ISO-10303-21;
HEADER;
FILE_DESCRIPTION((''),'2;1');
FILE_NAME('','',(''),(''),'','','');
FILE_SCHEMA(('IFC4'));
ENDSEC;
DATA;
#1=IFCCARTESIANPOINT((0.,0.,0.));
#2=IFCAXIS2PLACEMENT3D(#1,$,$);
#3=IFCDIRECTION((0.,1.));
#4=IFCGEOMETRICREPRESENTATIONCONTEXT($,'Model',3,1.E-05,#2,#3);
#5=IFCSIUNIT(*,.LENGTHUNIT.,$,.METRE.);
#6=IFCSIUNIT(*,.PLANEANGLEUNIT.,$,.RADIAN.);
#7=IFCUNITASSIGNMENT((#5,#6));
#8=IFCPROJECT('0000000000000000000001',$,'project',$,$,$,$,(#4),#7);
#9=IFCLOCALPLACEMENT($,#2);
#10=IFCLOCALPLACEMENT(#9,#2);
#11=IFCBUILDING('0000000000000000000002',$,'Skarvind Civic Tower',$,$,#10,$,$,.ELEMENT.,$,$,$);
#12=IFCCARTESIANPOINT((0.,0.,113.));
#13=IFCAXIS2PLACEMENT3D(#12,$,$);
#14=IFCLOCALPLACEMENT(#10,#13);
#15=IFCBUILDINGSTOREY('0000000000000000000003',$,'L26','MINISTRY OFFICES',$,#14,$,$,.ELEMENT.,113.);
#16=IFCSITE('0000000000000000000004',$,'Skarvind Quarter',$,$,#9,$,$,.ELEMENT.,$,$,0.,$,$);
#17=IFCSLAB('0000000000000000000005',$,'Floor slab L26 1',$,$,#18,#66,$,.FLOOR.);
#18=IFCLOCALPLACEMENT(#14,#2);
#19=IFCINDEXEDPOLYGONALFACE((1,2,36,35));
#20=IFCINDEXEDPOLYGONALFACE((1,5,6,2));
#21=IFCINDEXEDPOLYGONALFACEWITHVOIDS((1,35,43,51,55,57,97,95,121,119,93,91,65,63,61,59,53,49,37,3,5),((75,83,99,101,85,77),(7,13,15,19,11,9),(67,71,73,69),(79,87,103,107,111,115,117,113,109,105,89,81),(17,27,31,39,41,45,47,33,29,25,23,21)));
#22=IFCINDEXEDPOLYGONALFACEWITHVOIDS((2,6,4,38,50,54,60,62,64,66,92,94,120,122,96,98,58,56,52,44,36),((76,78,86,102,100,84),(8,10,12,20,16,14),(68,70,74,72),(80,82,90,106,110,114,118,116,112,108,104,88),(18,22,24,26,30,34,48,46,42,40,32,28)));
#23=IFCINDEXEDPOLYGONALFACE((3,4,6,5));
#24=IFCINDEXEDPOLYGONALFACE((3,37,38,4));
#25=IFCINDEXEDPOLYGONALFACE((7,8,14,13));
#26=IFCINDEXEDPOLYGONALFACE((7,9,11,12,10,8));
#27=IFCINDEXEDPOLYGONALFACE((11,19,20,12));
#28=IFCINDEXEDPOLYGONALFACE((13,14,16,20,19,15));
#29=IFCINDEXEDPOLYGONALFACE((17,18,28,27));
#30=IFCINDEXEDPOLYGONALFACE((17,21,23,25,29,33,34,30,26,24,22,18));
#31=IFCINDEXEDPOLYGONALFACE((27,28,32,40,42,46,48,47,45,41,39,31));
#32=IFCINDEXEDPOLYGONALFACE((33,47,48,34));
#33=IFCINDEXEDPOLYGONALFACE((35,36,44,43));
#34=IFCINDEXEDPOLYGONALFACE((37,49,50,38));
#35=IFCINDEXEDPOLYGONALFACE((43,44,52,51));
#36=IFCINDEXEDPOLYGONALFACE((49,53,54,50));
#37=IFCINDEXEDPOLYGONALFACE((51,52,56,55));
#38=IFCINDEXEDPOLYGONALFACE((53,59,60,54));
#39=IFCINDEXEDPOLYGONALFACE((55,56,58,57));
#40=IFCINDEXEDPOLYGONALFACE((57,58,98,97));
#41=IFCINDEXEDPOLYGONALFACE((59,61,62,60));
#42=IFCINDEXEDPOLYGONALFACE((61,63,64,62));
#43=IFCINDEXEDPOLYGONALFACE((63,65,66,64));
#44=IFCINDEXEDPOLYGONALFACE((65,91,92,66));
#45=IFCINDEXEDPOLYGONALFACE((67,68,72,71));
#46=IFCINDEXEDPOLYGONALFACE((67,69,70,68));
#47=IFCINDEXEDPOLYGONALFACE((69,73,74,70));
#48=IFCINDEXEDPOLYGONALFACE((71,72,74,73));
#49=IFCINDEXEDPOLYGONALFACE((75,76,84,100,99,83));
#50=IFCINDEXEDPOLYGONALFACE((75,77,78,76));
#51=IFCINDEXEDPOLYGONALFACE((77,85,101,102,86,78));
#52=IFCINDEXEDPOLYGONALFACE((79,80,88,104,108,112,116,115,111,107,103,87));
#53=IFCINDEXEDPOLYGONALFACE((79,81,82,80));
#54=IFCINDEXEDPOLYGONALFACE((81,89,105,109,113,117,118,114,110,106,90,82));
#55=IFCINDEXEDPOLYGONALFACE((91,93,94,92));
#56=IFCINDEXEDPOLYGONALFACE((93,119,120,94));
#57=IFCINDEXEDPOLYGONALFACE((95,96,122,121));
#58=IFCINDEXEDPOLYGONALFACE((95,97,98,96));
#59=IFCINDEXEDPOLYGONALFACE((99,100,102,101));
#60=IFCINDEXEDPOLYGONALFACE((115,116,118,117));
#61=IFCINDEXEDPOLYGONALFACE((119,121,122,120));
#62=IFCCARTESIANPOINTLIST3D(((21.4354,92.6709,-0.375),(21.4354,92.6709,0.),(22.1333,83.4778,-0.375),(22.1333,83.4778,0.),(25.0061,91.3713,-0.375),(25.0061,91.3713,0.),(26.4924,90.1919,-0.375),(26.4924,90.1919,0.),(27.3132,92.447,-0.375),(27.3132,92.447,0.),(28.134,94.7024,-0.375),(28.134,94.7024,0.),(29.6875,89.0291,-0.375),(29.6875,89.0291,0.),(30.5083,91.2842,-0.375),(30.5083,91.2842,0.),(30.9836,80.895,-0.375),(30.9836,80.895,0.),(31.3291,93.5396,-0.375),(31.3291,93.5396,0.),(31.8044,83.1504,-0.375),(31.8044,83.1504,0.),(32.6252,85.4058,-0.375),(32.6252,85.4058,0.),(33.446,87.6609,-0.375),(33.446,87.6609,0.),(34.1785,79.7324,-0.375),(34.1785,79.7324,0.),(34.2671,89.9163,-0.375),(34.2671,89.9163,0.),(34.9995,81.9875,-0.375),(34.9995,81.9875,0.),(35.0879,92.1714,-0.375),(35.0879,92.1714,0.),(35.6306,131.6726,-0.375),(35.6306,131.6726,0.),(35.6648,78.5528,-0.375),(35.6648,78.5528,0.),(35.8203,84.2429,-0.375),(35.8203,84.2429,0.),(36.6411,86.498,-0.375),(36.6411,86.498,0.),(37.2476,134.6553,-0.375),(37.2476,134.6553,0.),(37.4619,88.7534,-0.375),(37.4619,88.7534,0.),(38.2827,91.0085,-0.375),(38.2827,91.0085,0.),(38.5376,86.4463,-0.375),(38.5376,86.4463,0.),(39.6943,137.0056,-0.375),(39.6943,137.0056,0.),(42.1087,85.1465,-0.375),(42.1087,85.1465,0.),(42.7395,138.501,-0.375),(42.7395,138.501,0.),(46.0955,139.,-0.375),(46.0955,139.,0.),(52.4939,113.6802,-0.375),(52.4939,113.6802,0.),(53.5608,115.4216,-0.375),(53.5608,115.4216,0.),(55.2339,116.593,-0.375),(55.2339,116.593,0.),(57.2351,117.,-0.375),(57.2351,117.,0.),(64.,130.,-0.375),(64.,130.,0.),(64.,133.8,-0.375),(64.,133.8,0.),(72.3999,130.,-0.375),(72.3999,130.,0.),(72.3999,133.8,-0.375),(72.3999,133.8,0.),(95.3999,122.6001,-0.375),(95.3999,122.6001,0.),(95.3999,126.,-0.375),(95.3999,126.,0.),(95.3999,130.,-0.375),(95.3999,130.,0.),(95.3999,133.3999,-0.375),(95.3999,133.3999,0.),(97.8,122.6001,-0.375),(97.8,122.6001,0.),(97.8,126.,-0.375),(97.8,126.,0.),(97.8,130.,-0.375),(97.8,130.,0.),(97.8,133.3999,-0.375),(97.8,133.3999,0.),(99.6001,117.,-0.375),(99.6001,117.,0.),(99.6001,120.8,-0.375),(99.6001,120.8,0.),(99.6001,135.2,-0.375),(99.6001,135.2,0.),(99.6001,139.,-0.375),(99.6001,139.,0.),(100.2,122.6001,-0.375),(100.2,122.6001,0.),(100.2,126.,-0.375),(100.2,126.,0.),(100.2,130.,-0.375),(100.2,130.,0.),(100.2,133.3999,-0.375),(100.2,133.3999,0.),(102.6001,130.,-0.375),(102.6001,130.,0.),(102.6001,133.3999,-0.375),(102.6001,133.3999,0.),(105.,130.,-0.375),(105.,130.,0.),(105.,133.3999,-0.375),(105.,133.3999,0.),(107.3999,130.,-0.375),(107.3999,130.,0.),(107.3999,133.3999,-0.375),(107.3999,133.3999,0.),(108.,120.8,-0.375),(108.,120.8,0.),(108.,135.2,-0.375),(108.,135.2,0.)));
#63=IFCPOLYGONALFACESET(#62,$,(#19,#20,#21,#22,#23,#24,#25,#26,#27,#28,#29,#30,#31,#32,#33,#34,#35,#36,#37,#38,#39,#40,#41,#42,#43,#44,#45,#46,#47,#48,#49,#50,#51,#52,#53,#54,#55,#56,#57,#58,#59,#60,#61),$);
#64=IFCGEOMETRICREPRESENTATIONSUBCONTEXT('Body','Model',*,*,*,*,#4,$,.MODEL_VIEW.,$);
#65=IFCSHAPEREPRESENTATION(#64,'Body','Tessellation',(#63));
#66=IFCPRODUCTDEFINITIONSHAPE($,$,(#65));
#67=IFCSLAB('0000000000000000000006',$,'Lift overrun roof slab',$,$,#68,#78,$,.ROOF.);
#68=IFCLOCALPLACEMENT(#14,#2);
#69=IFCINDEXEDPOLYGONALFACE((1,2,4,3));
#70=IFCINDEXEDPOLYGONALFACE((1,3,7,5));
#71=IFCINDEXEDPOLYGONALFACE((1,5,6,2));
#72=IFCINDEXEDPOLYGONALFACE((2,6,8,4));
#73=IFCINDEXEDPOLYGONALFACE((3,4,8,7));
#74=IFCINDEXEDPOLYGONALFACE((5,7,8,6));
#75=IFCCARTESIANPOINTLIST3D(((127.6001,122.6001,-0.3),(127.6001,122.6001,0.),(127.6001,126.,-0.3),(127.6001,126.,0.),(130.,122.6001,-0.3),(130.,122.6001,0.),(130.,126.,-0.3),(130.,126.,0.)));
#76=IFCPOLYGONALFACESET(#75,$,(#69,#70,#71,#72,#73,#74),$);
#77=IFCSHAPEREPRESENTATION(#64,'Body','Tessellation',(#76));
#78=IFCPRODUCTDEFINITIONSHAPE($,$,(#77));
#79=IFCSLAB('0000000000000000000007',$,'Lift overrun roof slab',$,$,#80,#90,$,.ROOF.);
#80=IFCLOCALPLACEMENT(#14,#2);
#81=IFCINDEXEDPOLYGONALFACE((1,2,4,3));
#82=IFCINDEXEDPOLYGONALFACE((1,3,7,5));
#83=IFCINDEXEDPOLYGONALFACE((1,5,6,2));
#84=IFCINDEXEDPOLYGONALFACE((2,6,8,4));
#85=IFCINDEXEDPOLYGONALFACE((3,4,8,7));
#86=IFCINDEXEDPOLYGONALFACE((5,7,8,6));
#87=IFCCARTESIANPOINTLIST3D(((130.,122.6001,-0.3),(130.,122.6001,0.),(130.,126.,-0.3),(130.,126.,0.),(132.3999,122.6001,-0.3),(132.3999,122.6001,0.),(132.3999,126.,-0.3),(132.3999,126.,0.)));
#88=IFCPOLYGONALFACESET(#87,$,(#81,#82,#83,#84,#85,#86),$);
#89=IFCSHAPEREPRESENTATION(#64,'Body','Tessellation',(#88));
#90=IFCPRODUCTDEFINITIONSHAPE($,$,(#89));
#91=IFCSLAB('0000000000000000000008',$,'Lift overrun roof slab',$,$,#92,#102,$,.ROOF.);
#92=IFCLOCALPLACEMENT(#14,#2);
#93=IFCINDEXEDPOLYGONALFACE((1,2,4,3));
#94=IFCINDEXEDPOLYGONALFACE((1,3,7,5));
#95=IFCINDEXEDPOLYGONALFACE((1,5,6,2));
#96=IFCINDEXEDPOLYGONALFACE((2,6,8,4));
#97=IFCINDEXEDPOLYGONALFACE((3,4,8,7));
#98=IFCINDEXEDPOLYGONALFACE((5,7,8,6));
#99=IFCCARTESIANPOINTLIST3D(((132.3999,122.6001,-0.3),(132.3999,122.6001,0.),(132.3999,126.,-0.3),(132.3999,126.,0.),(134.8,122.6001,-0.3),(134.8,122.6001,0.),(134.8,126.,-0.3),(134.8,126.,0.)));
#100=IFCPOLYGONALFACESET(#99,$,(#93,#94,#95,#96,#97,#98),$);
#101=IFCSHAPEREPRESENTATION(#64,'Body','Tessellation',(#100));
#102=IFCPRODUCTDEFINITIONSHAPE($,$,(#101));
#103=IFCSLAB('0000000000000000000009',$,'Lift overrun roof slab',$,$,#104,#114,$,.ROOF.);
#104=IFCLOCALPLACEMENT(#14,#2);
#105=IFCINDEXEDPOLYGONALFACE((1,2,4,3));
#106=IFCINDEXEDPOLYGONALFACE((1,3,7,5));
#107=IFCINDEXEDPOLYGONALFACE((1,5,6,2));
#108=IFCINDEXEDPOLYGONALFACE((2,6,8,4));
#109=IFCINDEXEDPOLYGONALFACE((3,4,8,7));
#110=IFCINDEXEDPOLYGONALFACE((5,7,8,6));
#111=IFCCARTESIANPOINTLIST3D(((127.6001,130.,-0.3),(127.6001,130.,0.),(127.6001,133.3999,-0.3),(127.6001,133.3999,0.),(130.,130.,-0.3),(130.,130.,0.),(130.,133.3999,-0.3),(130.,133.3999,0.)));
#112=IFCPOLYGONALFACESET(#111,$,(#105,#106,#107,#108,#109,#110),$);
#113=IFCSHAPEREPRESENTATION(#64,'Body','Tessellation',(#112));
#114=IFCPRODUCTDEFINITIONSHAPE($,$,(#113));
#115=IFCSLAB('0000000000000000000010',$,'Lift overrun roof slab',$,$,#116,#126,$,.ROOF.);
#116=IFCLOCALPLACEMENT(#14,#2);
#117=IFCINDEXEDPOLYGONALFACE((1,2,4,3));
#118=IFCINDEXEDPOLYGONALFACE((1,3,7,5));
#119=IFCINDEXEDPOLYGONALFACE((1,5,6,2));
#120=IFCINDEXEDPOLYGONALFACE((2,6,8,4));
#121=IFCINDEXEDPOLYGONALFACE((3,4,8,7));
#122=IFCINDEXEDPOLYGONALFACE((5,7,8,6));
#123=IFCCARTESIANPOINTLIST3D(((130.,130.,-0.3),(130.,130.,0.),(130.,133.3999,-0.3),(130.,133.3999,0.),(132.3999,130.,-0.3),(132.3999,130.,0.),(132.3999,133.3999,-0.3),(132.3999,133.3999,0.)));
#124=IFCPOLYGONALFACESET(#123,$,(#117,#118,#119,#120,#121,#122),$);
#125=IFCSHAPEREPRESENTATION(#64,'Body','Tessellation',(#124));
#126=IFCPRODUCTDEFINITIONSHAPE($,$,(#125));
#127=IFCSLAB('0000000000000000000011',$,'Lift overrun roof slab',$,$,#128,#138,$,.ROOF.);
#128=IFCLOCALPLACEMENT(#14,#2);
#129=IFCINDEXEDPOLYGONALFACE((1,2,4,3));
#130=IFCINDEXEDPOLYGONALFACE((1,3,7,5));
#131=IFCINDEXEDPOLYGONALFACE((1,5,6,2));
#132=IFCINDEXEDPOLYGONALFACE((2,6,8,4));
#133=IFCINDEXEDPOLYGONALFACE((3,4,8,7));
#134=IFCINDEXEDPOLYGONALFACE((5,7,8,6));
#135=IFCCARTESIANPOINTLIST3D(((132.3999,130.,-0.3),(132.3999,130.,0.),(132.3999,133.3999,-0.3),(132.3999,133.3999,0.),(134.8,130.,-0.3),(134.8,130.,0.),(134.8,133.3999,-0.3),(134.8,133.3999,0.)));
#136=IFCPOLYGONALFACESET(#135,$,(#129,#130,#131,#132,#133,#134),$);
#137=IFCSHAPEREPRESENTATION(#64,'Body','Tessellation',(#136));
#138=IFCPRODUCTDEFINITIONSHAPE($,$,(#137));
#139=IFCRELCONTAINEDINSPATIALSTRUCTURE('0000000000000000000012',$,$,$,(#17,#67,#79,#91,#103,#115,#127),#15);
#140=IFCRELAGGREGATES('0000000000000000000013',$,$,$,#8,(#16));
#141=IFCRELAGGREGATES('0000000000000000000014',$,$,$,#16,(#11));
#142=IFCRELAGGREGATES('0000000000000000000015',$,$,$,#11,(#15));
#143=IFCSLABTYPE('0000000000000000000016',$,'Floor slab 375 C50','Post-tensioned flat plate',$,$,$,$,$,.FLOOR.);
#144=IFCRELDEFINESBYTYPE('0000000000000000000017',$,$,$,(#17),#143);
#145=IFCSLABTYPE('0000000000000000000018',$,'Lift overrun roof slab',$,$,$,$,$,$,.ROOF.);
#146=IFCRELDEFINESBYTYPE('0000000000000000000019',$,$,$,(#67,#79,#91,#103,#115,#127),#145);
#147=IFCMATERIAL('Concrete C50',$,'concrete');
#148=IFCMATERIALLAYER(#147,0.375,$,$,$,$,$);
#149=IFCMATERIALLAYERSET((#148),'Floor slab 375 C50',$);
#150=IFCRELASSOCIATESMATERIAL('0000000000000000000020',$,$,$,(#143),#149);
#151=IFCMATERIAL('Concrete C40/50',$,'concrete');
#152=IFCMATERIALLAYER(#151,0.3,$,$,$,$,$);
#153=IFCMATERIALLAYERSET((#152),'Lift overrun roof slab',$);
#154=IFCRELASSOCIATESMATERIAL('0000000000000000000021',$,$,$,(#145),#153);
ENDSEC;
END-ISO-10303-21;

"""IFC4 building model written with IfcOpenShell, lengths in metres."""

from ifc_helpers import new_model, si_unit, direction, frame, origin, place, context, subcontext, project, spatial, polyline, outline, extrude, material, layer, layer_set, type_object, element, save


model = new_model("IFC4")

# Units and contexts
model_context = context("Model", 3, precision=1e-05, world=origin(), true_north=direction((0.0, 1.0)))
body_context = subcontext(model_context, "Body", "Model", "MODEL_VIEW")
ifc_project = project(units=[si_unit("LENGTHUNIT", "METRE"), si_unit("PLANEANGLEUNIT", "RADIAN")], contexts=[model_context])

# Site, building, storey
site_placement = place(None, origin())
site = spatial("IfcSite", under=ifc_project, at=site_placement, Name="Skarvind Quarter", CompositionType="ELEMENT", RefElevation=0.0)
building_placement = place(site_placement, origin())
building = spatial("IfcBuilding", under=site, at=building_placement, Name="Skarvind Civic Tower", CompositionType="ELEMENT")
storey_placement = place(building_placement, frame((0.0, 0.0, 113.0)))
storey = spatial("IfcBuildingStorey", under=building, at=storey_placement, Name="L26", Description="MINISTRY OFFICES", CompositionType="ELEMENT", Elevation=113.0)

# Slabs
ifc_material_1 = material(Name="Concrete C50", Category="concrete")
ifc_layer_1 = layer(ifc_material_1, 0.375)
ifc_layer_set_1 = layer_set([ifc_layer_1], Name="Floor slab 375 C50")
slab_type_1 = type_object("IfcSlabType", Name="Floor slab 375 C50", Description="Post-tensioned flat plate", PredefinedType="FLOOR", material=ifc_layer_set_1)
slab_1_placement = place(storey_placement, frame((0.0, 0.0, -0.375)))
element("IfcSlab", 1, at=slab_1_placement, inside=storey, type_object=slab_type_1, Name="Floor slab L26 1", PredefinedType="FLOOR", context=body_context, shape_type="SweptSolid", body=[
    extrude(outline(polyline([(99.6001, 117.0), (99.6001, 120.8), (108.0, 120.8), (108.0, 135.2), (99.6001, 135.2), (99.6001, 139.0), (46.0955, 139.0), (42.7395, 138.501), (39.6943, 137.0056), (37.2476, 134.6553), (35.6306, 131.6726), (19.4175, 87.1267), (21.4353, 92.6709), (25.0061, 91.3713), (22.1333, 83.4778), (36.8865, 78.1082), (35.6648, 78.5527), (38.5376, 86.4463), (42.1086, 85.1465), (40.0908, 79.6023), (40.0908, 79.6023), (52.4939, 113.6802), (53.5608, 115.4216), (55.2339, 116.593), (57.2351, 117.0), (99.6001, 117.0)]), holes=[polyline([(32.6252, 85.4058), (33.446, 87.6609), (34.2671, 89.9163), (35.0879, 92.1714), (38.2827, 91.0085), (37.4619, 88.7534), (36.6411, 86.498), (35.8203, 84.2429), (35.8203, 84.2429), (34.9995, 81.9875), (34.1785, 79.7324), (30.9836, 80.895), (31.8044, 83.1504), (32.6252, 85.4058), (32.6252, 85.4058)]), polyline([(31.3291, 93.5396), (30.5083, 91.2842), (29.6875, 89.0291), (26.4924, 90.1919), (27.3132, 92.447), (28.134, 94.7024), (31.3291, 93.5396)]), polyline([(64.0, 130.0), (64.0, 133.8), (72.3999, 133.8), (72.3999, 130.0), (64.0, 130.0)]), polyline([(100.2, 126.0), (100.2, 122.6001), (97.8, 122.6001), (95.3999, 122.6001), (95.3999, 126.0), (97.8, 126.0), (100.2, 126.0)]), polyline([(100.2, 133.3999), (102.6001, 133.3999), (105.0, 133.3999), (107.3999, 133.3999), (107.3999, 130.0), (105.0, 130.0), (102.6001, 130.0), (100.2, 130.0), (97.8, 130.0), (95.3999, 130.0), (95.3999, 133.3999), (97.8, 133.3999), (100.2, 133.3999)])]), origin(), (0.0, 0.0, 1.0), 0.375),
])
ifc_material_2 = material(Name="Concrete C40/50", Category="concrete")
ifc_layer_2 = layer(ifc_material_2, 0.3)
ifc_layer_set_2 = layer_set([ifc_layer_2], Name="Lift overrun roof slab")
slab_type_2 = type_object("IfcSlabType", Name="Lift overrun roof slab", PredefinedType="ROOF", material=ifc_layer_set_2)
slab_2_placement = place(storey_placement, frame((0.0, 0.0, -0.3)))
element("IfcSlab", 2, at=slab_2_placement, inside=storey, type_object=slab_type_2, Name="Lift overrun roof slab", PredefinedType="ROOF", context=body_context, shape_type="SweptSolid", body=[
    extrude(outline(polyline([(127.6001, 122.6001), (130.0, 122.6001), (130.0, 126.0), (127.6001, 126.0), (127.6001, 122.6001)])), origin(), (0.0, 0.0, 1.0), 0.3),
])
slab_3_placement = place(storey_placement, frame((0.0, 0.0, -0.3)))
element("IfcSlab", 3, at=slab_3_placement, inside=storey, type_object=slab_type_2, Name="Lift overrun roof slab", PredefinedType="ROOF", context=body_context, shape_type="SweptSolid", body=[
    extrude(outline(polyline([(130.0, 122.6001), (132.3999, 122.6001), (132.3999, 126.0), (130.0, 126.0), (130.0, 122.6001)])), origin(), (0.0, 0.0, 1.0), 0.3),
])
slab_4_placement = place(storey_placement, frame((0.0, 0.0, -0.3)))
element("IfcSlab", 4, at=slab_4_placement, inside=storey, type_object=slab_type_2, Name="Lift overrun roof slab", PredefinedType="ROOF", context=body_context, shape_type="SweptSolid", body=[
    extrude(outline(polyline([(132.3999, 122.6001), (134.8, 122.6001), (134.8, 126.0), (132.3999, 126.0), (132.3999, 122.6001)])), origin(), (0.0, 0.0, 1.0), 0.3),
])
slab_5_placement = place(storey_placement, frame((0.0, 0.0, -0.3)))
element("IfcSlab", 5, at=slab_5_placement, inside=storey, type_object=slab_type_2, Name="Lift overrun roof slab", PredefinedType="ROOF", context=body_context, shape_type="SweptSolid", body=[
    extrude(outline(polyline([(127.6001, 130.0), (130.0, 130.0), (130.0, 133.3999), (127.6001, 133.3999), (127.6001, 130.0)])), origin(), (0.0, 0.0, 1.0), 0.3),
])
slab_6_placement = place(storey_placement, frame((0.0, 0.0, -0.3)))
element("IfcSlab", 6, at=slab_6_placement, inside=storey, type_object=slab_type_2, Name="Lift overrun roof slab", PredefinedType="ROOF", context=body_context, shape_type="SweptSolid", body=[
    extrude(outline(polyline([(130.0, 130.0), (132.3999, 130.0), (132.3999, 133.3999), (130.0, 133.3999), (130.0, 130.0)])), origin(), (0.0, 0.0, 1.0), 0.3),
])
slab_7_placement = place(storey_placement, frame((0.0, 0.0, -0.3)))
element("IfcSlab", 7, at=slab_7_placement, inside=storey, type_object=slab_type_2, Name="Lift overrun roof slab", PredefinedType="ROOF", context=body_context, shape_type="SweptSolid", body=[
    extrude(outline(polyline([(132.3999, 130.0), (134.8, 130.0), (134.8, 133.3999), (132.3999, 133.3999), (132.3999, 130.0)])), origin(), (0.0, 0.0, 1.0), 0.3),
])

save(model, "model.ifc")
